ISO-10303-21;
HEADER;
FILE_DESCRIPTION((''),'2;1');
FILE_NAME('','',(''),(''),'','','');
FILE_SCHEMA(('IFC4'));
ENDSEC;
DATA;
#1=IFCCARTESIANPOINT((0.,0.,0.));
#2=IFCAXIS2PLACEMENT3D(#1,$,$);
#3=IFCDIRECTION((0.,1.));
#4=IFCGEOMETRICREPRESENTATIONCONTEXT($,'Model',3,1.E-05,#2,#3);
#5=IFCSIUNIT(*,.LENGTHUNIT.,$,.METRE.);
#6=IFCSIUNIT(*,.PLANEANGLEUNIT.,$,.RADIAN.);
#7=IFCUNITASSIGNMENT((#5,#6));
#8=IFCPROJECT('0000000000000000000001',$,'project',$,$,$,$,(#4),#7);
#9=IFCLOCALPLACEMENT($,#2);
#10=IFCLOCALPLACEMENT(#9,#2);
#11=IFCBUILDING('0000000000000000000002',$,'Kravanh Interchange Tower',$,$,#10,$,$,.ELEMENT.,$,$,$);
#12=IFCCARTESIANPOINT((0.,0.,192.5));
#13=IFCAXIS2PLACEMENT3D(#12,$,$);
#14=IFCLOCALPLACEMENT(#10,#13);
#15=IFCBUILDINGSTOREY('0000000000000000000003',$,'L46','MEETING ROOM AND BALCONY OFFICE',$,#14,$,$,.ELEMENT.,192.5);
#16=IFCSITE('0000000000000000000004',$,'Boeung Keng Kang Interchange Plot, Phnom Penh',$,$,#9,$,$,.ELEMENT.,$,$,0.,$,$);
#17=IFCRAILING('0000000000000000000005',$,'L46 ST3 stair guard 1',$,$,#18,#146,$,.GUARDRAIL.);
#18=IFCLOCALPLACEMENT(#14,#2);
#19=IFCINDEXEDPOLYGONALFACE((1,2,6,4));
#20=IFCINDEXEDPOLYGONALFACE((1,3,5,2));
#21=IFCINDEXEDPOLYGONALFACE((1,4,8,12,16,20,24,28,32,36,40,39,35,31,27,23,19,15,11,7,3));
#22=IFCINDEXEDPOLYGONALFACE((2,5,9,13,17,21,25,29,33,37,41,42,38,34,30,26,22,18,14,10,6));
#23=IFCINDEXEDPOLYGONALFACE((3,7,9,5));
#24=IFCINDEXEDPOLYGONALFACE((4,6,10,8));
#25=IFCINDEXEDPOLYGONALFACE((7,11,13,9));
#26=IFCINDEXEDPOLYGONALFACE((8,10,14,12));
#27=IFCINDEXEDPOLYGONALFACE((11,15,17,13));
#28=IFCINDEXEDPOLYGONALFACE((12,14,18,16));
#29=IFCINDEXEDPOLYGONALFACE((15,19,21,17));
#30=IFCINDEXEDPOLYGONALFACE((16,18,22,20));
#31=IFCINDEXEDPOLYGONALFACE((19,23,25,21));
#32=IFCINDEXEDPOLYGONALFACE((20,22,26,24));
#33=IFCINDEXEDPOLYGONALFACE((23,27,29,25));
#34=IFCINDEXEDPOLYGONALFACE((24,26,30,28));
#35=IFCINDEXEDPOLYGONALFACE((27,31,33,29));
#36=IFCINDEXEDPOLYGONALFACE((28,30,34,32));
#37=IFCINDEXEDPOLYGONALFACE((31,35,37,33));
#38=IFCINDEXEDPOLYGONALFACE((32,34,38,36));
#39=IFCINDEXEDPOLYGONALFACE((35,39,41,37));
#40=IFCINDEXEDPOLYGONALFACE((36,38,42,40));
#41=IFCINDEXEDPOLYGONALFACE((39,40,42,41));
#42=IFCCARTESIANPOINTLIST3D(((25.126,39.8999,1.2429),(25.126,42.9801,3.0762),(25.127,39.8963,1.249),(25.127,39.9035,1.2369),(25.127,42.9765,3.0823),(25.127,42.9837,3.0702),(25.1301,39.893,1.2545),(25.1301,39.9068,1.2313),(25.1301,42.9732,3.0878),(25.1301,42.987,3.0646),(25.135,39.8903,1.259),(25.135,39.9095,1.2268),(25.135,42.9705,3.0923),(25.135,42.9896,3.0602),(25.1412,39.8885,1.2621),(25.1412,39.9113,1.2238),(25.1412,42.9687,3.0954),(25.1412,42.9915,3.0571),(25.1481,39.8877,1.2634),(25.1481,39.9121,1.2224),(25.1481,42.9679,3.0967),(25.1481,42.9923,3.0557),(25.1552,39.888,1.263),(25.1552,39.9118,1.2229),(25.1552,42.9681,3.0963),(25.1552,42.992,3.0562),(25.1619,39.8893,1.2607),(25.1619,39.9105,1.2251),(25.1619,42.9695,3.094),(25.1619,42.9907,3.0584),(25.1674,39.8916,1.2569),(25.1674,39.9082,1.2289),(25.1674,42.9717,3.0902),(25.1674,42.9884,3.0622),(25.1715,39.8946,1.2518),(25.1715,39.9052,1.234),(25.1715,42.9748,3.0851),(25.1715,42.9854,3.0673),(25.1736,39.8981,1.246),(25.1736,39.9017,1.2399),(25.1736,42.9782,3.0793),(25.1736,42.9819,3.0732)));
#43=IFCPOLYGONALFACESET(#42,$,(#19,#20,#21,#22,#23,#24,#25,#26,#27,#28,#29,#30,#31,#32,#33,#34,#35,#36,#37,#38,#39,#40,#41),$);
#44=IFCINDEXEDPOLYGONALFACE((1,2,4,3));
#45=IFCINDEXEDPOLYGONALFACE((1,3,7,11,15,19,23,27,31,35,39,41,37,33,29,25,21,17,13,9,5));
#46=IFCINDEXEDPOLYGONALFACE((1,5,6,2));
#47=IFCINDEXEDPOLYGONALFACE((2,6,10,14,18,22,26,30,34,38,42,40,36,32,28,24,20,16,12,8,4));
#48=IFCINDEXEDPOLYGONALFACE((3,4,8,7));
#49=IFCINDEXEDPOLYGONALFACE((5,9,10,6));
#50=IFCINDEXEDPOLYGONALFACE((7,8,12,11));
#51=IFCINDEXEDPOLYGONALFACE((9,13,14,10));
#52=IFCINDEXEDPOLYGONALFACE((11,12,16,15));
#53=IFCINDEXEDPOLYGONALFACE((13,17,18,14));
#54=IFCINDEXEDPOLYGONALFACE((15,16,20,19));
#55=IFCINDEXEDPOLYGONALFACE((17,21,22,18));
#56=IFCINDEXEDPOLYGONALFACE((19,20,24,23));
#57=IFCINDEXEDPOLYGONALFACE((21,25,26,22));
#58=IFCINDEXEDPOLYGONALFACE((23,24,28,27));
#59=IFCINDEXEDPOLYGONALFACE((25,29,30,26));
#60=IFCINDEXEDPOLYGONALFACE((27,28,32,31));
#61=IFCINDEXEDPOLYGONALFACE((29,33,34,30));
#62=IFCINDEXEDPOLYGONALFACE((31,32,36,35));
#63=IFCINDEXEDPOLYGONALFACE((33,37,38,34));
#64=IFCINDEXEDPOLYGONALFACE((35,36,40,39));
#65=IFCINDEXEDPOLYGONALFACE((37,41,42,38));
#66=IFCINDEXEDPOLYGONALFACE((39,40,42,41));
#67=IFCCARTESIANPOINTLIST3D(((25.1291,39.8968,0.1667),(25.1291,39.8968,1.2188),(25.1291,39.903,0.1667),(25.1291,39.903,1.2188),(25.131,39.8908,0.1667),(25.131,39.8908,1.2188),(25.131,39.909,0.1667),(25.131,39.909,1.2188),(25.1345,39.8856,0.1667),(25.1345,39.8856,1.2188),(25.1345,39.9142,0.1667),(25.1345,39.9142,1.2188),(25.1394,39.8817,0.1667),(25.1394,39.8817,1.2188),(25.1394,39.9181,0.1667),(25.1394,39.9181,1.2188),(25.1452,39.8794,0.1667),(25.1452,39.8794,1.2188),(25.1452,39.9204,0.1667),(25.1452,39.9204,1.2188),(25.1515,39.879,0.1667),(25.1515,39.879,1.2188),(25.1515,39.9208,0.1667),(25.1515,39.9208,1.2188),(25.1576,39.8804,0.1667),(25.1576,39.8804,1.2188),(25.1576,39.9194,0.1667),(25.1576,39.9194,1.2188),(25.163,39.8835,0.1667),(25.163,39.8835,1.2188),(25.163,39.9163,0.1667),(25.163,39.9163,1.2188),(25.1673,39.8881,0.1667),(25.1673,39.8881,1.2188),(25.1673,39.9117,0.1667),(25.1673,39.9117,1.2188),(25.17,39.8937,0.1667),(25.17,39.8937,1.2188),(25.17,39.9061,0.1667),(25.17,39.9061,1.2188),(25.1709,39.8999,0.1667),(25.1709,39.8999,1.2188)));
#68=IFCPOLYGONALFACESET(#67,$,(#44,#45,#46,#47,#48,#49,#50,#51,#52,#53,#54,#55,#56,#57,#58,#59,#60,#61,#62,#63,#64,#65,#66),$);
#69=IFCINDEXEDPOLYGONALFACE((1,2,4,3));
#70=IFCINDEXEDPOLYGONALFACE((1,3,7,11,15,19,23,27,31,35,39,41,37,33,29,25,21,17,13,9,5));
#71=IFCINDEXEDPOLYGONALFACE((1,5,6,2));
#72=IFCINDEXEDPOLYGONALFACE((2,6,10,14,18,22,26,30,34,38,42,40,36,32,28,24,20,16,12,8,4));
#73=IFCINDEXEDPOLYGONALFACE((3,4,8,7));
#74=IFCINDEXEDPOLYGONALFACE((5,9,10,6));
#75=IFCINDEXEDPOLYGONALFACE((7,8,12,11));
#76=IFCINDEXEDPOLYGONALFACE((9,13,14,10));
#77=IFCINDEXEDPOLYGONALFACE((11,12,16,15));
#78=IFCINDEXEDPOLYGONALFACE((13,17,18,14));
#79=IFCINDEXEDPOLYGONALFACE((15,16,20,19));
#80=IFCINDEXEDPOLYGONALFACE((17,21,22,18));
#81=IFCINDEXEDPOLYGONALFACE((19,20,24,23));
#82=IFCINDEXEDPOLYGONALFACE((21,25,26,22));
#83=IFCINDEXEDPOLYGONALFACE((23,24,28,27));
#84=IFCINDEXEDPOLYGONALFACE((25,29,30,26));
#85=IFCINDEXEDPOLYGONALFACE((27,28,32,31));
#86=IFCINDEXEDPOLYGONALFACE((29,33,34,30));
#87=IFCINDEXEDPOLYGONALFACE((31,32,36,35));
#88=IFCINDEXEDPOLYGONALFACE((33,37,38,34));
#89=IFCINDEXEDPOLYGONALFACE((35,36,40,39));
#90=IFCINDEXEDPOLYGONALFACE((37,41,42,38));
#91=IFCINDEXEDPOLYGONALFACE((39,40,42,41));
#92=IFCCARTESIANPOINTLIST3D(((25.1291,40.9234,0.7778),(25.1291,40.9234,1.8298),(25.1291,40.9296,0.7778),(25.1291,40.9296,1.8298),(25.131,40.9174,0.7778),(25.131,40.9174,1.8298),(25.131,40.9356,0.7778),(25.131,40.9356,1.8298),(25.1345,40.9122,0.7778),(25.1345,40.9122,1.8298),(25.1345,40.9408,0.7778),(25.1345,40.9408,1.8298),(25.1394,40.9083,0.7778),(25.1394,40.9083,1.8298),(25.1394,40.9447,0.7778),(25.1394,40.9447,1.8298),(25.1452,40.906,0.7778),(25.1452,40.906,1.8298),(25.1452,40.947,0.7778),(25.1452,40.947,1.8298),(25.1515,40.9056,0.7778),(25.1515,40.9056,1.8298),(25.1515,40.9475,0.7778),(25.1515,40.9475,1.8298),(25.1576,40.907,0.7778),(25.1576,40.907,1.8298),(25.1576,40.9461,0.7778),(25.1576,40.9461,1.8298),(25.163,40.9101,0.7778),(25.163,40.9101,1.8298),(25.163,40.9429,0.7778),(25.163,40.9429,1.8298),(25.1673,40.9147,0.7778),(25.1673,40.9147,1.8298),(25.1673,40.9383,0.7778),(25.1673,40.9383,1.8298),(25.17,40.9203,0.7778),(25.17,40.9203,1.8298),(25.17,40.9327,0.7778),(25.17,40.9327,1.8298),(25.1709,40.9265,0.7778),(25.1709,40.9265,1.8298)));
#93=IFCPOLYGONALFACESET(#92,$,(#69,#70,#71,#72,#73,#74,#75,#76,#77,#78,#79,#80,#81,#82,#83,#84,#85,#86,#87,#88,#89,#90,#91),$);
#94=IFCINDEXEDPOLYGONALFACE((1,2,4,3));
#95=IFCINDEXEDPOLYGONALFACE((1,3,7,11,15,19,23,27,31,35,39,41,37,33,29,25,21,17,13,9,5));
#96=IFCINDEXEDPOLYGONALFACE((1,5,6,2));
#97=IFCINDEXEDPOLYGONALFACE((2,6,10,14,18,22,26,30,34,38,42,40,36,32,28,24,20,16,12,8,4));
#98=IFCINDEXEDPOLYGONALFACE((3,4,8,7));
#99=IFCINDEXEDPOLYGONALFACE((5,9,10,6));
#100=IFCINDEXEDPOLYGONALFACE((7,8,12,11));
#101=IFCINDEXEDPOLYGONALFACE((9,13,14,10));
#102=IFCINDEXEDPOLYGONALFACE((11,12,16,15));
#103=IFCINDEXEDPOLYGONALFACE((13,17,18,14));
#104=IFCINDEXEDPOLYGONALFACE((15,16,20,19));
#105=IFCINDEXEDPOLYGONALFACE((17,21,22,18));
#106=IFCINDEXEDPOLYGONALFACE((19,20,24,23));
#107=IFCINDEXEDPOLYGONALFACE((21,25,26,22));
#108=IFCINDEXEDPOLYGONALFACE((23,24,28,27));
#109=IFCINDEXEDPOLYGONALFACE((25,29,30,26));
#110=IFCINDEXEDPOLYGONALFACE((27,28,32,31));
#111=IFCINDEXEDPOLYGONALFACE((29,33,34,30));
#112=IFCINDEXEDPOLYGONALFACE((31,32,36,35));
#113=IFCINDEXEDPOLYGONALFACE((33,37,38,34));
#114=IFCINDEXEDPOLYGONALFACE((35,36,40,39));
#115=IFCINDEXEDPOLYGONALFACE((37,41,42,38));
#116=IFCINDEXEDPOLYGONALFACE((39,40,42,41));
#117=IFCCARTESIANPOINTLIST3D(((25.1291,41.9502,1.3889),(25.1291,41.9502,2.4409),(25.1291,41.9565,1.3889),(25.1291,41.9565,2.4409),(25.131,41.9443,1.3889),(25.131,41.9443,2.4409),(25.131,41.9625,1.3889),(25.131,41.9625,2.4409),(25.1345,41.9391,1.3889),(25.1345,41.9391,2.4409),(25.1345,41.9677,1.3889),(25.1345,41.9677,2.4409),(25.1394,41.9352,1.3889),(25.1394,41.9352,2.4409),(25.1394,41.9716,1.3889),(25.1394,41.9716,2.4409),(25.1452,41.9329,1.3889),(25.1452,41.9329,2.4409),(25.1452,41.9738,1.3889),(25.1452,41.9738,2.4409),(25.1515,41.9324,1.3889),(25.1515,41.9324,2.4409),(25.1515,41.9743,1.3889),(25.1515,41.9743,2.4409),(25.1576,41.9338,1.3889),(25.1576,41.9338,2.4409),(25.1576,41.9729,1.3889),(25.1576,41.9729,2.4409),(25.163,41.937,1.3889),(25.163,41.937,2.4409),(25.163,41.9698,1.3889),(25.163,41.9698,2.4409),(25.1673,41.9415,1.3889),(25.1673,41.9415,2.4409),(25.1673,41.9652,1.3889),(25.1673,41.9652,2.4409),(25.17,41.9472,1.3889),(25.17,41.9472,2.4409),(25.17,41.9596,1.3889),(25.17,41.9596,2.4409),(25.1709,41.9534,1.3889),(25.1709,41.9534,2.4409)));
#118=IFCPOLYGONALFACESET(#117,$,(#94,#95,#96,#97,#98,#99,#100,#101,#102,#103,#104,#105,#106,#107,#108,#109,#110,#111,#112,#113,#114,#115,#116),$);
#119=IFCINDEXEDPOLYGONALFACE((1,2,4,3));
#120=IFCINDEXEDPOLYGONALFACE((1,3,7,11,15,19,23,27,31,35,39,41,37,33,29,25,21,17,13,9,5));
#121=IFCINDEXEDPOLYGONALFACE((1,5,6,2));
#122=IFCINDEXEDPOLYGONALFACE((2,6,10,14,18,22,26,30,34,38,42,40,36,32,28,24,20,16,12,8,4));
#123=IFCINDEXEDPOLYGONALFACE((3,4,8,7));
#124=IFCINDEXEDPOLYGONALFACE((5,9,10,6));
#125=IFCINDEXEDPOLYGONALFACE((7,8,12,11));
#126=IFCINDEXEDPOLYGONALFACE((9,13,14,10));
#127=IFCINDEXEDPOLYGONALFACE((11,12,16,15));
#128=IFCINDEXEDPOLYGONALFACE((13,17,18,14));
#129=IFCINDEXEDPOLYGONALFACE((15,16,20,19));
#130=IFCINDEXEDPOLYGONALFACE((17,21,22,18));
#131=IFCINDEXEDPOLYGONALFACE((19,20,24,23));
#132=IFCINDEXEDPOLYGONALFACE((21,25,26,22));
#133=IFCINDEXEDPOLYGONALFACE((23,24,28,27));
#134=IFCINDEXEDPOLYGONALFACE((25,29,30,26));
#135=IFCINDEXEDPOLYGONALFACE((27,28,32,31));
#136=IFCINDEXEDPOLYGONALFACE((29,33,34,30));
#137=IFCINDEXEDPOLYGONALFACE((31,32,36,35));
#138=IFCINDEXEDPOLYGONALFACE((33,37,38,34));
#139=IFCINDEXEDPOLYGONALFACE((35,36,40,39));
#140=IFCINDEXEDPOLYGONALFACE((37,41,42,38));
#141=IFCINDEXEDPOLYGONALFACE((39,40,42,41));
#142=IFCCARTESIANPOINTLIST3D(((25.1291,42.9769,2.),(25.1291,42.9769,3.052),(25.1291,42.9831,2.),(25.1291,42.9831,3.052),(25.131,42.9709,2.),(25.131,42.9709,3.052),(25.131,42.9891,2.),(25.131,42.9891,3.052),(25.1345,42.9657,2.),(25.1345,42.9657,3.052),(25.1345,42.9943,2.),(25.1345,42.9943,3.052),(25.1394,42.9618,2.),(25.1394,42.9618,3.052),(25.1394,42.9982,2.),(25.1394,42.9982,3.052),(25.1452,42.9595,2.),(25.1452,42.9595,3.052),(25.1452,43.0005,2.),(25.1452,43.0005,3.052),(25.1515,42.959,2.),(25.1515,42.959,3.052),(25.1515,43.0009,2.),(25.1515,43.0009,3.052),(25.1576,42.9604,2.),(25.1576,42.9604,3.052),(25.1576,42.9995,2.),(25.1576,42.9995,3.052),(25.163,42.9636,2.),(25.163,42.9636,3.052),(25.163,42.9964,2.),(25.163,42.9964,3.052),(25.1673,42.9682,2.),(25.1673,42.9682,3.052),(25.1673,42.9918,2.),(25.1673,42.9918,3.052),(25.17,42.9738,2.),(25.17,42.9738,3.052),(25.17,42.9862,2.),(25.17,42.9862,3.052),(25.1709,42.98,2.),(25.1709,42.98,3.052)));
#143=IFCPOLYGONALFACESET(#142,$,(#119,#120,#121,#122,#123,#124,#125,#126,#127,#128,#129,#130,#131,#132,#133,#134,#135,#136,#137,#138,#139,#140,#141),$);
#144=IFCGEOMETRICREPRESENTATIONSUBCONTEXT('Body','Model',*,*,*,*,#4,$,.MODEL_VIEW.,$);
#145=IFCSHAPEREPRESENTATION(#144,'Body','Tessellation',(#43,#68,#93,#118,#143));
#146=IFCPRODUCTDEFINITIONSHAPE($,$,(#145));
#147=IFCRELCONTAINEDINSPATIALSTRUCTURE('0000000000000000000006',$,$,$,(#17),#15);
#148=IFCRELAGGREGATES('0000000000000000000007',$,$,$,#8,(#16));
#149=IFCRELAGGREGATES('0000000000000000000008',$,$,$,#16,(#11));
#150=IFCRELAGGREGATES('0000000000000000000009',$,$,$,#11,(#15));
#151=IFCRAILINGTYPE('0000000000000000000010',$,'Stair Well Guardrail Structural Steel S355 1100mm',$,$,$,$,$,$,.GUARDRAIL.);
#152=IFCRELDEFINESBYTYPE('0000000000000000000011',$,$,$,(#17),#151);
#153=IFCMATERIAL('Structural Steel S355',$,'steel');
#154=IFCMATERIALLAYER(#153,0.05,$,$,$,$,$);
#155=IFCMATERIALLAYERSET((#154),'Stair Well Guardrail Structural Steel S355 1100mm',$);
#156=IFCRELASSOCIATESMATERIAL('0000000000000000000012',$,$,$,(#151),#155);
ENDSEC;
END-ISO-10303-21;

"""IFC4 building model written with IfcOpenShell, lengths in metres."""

from ifc_helpers import new_model, si_unit, direction, frame, origin, origin_2d, place, context, subcontext, project, spatial, circle, extrude, material, layer, layer_set, type_object, element, save


model = new_model("IFC4")

# Units and contexts
model_context = context("Model", 3, precision=1e-05, world=origin(), true_north=direction((0.0, 1.0)))
body_context = subcontext(model_context, "Body", "Model", "MODEL_VIEW")
ifc_project = project(units=[si_unit("LENGTHUNIT", "METRE"), si_unit("PLANEANGLEUNIT", "RADIAN")], contexts=[model_context])

# Site, building, storey
site_placement = place(None, origin())
site = spatial("IfcSite", under=ifc_project, at=site_placement, Name="Boeung Keng Kang Interchange Plot, Phnom Penh", CompositionType="ELEMENT", RefElevation=0.0)
building_placement = place(site_placement, origin())
building = spatial("IfcBuilding", under=site, at=building_placement, Name="Kravanh Interchange Tower", CompositionType="ELEMENT")
storey_placement = place(building_placement, frame((0.0, 0.0, 192.5)))
storey = spatial("IfcBuildingStorey", under=building, at=storey_placement, Name="L46", Description="MEETING ROOM AND BALCONY OFFICE", CompositionType="ELEMENT", Elevation=192.5)

# Railing
ifc_material_1 = material(Name="Structural Steel S355", Category="steel")
ifc_layer_1 = layer(ifc_material_1, 0.05)
ifc_layer_set_1 = layer_set([ifc_layer_1], Name="Stair Well Guardrail Structural Steel S355 1100mm")
railing_type_1 = type_object("IfcRailingType", Name="Stair Well Guardrail Structural Steel S355 1100mm", PredefinedType="GUARDRAIL", material=ifc_layer_set_1)
railing_1_placement = place(storey_placement, frame((25.1499, 39.8999, 0.1667)))
element("IfcRailing", 1, at=railing_1_placement, inside=storey, type_object=railing_type_1, Name="L46 ST3 stair guard 1", PredefinedType="GUARDRAIL", context=body_context, shape_type="SweptSolid", body=[
    extrude(circle(Radius=0.0239, at=origin_2d()), frame((0.0, 0.0, 1.0762), z_axis=(0.0, 0.859309, 0.511458), x_axis=(-1.0, 0.0, 0.0)), (0.0, 0.0, 1.0), 3.5845),
    extrude(circle(Radius=0.021, at=origin_2d()), origin(), (0.0, 0.0, 1.0), 1.052),
    extrude(circle(Radius=0.021, at=origin_2d()), frame((0.0, 1.0266, 0.6111)), (0.0, 0.0, 1.0), 1.052),
    extrude(circle(Radius=0.021, at=origin_2d()), frame((0.0, 2.0535, 1.2222)), (0.0, 0.0, 1.0), 1.052),
    extrude(circle(Radius=0.021, at=origin_2d()), frame((0.0, 3.0801, 1.8333)), (0.0, 0.0, 1.0), 1.052),
])

save(model, "model.ifc")
